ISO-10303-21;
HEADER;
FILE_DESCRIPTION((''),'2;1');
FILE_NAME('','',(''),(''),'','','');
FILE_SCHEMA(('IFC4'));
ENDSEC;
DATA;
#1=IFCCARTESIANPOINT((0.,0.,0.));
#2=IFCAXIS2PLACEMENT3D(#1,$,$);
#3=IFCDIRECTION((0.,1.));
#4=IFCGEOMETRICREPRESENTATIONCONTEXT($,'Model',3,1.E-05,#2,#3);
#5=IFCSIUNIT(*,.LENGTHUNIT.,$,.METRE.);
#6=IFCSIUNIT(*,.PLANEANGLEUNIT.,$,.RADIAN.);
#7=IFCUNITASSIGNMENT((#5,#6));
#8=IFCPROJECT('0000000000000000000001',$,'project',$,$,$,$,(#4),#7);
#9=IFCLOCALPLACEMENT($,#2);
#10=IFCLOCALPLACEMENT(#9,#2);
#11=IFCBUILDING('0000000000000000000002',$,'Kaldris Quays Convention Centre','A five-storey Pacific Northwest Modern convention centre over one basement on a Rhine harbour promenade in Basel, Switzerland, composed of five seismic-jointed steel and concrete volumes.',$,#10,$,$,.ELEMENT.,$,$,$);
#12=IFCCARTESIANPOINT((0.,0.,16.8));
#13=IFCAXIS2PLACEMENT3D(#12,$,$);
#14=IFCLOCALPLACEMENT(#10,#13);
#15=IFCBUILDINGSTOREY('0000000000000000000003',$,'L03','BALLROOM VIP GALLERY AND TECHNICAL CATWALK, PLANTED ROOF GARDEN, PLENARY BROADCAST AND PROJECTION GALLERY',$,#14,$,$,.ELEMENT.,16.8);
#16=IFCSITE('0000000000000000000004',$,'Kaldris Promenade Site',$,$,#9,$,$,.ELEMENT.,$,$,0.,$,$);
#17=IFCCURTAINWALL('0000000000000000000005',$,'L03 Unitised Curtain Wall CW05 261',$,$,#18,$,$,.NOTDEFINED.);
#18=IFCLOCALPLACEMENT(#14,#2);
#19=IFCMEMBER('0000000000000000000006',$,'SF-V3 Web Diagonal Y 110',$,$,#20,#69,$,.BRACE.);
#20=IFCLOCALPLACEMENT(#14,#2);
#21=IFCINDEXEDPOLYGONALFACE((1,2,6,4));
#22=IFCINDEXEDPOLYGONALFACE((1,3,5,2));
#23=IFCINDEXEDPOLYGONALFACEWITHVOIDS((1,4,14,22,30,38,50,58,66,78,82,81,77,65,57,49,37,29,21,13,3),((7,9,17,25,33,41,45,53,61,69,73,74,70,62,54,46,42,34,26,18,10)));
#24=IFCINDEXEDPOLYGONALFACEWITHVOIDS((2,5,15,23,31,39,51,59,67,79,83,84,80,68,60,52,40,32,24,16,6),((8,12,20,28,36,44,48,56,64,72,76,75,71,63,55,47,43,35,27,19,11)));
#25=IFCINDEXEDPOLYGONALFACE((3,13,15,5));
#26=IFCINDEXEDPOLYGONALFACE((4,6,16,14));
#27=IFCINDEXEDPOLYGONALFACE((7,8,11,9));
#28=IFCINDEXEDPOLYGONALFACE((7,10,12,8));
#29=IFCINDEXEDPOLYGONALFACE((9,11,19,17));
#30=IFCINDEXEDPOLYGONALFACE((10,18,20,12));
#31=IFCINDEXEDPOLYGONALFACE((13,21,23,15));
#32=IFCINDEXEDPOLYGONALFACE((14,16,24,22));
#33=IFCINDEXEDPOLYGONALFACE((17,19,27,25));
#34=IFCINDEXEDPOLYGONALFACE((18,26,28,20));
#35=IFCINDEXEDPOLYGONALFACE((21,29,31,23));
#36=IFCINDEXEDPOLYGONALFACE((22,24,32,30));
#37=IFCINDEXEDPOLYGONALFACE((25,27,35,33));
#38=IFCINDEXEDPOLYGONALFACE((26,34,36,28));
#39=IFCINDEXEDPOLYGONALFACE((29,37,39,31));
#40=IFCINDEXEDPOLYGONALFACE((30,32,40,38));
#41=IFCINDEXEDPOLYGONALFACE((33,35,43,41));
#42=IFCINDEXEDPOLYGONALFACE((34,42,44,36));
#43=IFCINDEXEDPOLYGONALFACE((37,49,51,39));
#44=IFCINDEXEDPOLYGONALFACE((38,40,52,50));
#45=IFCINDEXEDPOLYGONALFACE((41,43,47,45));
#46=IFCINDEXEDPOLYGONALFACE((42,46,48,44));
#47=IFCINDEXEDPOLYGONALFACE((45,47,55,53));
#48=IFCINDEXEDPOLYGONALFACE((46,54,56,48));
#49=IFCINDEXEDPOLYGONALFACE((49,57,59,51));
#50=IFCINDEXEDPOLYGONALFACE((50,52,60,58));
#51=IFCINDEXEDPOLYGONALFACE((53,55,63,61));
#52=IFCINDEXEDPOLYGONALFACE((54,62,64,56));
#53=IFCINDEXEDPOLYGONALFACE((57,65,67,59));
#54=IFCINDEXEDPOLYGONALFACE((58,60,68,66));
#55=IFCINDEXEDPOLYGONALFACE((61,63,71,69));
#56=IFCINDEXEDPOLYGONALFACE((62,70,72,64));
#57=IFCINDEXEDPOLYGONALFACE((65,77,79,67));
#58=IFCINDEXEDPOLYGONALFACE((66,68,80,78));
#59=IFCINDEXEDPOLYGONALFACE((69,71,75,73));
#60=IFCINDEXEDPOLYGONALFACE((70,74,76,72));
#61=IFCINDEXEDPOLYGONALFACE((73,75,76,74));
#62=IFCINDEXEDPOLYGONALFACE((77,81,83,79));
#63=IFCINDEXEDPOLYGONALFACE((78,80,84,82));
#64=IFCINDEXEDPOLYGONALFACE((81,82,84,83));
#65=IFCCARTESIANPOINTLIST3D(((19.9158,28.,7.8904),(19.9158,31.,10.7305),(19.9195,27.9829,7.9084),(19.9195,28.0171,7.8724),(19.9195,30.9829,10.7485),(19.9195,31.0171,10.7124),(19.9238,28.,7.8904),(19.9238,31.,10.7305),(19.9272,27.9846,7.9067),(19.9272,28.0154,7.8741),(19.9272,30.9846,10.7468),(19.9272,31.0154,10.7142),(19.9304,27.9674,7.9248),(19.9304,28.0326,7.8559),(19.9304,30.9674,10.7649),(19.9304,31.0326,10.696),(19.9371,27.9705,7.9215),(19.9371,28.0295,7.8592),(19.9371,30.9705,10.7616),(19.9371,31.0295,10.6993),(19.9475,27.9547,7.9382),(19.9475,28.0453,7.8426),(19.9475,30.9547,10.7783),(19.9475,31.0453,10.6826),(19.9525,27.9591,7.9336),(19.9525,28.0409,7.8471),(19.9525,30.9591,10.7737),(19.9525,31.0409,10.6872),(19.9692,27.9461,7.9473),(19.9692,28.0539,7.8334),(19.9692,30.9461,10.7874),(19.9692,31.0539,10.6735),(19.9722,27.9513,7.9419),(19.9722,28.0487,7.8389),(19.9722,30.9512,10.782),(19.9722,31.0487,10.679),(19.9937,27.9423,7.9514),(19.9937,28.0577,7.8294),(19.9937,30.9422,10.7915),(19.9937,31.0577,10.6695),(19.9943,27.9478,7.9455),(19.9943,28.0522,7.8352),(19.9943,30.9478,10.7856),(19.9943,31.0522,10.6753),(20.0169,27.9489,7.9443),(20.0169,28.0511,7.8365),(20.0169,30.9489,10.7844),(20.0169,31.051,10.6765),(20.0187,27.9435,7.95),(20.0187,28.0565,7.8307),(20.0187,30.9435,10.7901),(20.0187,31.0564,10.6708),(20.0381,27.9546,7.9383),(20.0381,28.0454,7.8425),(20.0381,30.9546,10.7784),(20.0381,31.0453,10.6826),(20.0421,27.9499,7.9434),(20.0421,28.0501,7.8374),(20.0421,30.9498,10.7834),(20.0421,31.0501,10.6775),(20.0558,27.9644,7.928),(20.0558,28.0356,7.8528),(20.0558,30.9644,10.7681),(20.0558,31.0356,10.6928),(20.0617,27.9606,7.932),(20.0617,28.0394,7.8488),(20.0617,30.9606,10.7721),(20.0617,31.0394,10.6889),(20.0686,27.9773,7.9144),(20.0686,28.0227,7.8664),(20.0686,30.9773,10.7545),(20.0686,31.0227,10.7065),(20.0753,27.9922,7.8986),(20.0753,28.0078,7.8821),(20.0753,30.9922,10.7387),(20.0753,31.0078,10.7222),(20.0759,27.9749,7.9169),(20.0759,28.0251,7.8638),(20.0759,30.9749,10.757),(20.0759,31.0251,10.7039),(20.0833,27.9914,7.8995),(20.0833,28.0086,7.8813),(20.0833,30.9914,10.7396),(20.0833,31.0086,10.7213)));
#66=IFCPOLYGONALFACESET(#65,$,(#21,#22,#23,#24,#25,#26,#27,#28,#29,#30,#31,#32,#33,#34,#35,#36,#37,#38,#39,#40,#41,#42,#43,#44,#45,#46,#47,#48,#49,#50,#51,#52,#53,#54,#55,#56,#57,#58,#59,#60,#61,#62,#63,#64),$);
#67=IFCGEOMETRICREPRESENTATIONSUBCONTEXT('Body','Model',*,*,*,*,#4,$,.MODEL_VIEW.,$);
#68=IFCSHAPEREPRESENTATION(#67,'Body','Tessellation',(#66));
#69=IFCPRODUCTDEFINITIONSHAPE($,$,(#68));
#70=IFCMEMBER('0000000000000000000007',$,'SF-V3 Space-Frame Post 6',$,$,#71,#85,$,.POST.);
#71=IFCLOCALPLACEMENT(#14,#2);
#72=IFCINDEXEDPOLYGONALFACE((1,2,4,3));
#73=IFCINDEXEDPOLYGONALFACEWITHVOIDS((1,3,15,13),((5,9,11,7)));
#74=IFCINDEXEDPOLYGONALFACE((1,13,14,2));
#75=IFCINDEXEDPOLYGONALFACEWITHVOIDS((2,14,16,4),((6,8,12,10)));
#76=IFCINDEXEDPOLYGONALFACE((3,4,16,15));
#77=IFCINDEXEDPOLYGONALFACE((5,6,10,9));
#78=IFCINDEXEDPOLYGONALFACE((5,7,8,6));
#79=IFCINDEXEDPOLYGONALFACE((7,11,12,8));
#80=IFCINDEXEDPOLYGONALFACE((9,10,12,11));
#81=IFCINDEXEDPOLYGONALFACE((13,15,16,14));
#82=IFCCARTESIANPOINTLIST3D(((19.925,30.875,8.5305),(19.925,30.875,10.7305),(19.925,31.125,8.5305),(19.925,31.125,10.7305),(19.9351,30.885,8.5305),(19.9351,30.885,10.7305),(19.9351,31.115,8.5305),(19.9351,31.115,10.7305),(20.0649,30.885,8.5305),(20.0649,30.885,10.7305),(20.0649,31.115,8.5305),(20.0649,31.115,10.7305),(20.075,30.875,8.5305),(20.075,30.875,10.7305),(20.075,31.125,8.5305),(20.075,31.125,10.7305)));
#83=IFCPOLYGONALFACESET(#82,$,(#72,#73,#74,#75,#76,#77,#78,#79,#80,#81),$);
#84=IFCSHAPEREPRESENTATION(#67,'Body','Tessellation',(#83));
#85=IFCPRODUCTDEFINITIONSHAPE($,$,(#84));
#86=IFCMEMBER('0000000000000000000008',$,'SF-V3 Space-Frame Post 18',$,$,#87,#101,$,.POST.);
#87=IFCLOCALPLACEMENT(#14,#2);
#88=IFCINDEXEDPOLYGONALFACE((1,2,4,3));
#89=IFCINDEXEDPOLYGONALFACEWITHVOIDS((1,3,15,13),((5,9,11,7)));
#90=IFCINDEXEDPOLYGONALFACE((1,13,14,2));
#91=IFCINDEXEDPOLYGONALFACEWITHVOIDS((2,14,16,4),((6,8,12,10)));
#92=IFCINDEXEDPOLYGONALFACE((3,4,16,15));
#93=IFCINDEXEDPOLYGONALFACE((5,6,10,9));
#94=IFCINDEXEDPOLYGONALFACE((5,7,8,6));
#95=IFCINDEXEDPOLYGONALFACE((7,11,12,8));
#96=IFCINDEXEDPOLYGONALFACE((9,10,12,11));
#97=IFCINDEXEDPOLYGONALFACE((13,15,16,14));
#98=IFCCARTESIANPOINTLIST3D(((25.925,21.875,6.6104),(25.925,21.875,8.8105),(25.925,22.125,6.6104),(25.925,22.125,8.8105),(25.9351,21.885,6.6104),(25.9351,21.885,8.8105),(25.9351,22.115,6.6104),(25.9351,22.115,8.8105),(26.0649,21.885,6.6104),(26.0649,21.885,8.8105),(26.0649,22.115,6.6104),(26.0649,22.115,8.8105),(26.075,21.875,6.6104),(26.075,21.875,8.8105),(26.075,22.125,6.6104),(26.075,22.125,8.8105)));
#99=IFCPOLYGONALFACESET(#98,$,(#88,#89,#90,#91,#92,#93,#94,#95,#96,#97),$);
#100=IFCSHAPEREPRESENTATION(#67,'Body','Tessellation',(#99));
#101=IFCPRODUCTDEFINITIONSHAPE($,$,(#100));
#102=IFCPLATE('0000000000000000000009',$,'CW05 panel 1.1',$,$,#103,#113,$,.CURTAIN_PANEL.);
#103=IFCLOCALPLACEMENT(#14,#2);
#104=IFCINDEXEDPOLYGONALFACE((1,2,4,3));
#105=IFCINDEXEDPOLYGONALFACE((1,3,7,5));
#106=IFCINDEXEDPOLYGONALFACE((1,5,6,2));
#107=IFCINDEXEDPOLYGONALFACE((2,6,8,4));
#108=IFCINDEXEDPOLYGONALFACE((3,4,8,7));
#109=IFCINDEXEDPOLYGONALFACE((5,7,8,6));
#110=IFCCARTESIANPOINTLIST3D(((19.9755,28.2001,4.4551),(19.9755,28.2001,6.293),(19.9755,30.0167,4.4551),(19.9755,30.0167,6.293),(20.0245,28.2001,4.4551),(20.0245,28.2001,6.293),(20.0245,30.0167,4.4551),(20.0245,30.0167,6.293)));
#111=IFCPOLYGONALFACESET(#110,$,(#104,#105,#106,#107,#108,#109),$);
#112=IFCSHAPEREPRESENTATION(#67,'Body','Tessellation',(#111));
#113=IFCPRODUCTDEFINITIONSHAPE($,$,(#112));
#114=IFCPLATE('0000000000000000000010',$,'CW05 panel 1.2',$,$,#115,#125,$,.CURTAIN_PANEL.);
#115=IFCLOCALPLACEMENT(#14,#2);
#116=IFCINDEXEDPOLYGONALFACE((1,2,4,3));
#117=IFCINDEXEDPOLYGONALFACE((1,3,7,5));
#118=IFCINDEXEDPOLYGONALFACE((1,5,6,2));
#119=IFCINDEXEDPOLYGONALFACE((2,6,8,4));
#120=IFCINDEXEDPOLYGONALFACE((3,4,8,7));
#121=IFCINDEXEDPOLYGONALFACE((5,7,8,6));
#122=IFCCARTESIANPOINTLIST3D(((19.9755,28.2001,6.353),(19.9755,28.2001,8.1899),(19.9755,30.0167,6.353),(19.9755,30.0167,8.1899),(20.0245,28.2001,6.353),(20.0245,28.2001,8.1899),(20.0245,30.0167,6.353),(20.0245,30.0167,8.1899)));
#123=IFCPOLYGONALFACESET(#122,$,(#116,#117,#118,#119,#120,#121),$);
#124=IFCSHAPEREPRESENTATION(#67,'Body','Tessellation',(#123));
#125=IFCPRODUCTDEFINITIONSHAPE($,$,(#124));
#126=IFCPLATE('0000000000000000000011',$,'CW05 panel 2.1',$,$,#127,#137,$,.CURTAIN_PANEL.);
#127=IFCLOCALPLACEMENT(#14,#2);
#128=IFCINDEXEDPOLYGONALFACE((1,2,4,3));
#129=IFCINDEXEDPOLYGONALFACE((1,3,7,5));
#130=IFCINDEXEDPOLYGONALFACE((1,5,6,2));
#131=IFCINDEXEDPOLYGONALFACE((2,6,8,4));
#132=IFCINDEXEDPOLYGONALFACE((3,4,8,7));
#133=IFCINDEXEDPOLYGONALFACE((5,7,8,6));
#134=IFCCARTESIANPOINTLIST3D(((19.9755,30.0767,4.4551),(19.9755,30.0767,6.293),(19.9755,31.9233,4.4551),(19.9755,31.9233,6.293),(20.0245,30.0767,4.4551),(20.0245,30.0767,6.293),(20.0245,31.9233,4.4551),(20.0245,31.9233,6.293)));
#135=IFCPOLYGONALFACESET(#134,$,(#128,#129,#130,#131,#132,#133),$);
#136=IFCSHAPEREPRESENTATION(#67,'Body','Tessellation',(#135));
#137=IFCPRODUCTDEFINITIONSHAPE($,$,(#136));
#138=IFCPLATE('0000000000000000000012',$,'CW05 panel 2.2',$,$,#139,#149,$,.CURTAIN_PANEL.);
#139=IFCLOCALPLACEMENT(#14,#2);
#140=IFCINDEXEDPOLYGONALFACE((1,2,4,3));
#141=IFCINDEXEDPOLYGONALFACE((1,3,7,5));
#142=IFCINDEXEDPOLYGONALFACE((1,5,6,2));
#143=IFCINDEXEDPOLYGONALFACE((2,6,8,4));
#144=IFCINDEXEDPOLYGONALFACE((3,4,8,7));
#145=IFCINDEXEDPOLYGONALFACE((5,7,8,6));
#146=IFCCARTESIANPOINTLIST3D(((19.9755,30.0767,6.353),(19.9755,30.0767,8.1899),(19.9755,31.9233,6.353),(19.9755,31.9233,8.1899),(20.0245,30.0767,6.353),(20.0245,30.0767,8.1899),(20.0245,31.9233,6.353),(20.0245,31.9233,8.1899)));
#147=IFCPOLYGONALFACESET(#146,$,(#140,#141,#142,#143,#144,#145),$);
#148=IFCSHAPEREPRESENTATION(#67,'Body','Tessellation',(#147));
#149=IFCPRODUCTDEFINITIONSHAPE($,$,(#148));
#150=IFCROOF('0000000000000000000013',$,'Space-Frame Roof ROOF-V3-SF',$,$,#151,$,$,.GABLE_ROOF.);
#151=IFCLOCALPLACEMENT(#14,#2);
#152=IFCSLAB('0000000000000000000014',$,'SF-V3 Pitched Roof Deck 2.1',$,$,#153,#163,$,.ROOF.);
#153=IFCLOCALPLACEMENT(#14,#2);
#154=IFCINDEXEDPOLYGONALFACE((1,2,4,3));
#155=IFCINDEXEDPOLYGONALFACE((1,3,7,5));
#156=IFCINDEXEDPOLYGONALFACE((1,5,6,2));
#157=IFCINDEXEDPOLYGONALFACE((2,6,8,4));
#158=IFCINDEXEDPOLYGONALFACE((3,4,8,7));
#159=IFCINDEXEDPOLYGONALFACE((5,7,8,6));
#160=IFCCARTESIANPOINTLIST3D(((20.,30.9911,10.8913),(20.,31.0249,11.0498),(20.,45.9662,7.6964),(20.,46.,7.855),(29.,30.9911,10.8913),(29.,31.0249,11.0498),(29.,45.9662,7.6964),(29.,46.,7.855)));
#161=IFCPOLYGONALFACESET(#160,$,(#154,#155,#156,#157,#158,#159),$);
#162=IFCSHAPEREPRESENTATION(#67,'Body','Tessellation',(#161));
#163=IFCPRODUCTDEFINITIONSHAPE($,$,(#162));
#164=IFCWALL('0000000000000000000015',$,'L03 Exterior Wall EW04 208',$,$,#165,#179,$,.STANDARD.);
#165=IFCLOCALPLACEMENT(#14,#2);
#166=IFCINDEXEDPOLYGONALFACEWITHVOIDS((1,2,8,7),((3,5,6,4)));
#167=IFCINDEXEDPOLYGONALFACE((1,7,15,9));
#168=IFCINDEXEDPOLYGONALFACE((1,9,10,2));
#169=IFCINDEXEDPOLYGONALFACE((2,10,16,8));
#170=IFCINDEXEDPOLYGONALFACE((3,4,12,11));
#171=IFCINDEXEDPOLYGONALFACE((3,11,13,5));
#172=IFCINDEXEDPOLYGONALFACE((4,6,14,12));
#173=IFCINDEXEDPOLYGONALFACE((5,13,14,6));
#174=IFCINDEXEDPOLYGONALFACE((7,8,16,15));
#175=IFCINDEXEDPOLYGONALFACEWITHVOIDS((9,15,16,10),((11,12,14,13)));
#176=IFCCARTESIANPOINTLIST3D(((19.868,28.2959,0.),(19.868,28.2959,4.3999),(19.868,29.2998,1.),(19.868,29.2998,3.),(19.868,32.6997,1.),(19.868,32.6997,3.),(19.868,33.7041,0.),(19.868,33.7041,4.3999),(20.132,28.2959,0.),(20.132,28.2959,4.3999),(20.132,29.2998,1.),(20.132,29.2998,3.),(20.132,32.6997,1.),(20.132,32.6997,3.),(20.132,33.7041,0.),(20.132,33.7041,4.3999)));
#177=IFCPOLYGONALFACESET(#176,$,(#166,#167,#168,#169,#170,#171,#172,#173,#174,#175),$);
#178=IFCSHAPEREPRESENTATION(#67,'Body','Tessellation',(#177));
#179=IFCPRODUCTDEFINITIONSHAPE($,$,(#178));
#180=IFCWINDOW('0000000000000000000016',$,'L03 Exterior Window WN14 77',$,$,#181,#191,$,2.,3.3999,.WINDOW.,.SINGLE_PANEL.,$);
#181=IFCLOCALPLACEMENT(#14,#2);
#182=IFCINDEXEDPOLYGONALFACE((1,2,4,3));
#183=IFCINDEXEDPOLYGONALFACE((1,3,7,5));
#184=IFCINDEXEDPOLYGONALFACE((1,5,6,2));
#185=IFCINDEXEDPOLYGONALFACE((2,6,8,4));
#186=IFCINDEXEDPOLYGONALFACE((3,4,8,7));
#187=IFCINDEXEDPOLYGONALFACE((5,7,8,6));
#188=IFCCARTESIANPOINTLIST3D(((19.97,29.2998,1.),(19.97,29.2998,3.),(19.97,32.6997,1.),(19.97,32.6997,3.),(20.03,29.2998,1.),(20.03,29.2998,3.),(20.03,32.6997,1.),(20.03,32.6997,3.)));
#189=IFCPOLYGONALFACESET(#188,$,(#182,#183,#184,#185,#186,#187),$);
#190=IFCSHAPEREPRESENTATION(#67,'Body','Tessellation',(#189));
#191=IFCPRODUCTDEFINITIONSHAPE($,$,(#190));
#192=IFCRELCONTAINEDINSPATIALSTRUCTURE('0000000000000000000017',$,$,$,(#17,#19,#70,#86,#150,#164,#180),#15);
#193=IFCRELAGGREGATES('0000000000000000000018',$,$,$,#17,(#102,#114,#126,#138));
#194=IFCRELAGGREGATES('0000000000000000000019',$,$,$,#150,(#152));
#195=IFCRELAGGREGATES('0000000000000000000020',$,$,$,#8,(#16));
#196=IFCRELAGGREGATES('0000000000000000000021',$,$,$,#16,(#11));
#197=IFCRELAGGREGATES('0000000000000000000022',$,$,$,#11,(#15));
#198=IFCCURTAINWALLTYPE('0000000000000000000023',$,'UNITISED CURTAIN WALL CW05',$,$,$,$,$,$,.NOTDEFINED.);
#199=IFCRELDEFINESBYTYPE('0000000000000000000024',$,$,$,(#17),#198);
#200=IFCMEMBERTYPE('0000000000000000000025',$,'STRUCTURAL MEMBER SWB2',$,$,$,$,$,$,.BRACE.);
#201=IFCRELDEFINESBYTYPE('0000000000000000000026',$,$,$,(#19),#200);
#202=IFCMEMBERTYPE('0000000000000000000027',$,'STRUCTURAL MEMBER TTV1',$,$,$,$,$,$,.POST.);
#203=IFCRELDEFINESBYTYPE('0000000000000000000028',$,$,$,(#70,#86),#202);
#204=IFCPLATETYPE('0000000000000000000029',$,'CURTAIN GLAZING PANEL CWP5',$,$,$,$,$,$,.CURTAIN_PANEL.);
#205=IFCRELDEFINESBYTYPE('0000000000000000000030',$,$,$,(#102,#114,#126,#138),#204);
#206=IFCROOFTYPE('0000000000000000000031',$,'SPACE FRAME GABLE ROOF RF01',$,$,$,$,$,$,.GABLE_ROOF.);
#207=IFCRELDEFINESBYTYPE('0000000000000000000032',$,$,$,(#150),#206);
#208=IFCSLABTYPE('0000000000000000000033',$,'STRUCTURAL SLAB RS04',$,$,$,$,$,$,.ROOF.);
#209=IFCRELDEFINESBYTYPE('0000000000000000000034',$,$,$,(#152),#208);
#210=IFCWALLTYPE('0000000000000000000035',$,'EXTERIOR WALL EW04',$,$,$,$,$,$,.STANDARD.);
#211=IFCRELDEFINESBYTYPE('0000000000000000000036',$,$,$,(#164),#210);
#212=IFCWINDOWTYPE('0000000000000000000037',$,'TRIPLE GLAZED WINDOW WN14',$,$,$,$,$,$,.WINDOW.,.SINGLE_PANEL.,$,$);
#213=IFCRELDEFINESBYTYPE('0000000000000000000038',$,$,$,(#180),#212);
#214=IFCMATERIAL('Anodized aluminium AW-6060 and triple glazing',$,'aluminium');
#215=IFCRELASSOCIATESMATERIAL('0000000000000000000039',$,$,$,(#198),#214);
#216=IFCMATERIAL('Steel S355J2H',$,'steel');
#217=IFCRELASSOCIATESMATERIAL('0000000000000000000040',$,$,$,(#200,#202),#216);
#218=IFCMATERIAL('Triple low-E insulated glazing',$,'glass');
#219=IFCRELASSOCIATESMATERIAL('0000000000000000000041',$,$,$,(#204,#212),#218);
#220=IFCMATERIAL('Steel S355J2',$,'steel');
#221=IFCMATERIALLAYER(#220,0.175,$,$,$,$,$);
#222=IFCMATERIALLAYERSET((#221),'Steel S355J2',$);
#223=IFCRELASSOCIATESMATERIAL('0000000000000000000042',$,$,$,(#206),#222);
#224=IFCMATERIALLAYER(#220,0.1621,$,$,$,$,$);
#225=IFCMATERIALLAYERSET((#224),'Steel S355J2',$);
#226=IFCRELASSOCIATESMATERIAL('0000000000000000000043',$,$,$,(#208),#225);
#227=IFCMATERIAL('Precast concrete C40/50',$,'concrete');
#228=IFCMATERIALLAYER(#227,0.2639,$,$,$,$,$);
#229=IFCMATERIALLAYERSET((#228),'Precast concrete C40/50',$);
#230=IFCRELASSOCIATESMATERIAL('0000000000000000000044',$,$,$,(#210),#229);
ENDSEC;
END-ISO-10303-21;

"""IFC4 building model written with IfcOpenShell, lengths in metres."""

from ifc_helpers import new_model, si_unit, direction, frame, frame_2d, origin, origin_2d, place, context, subcontext, project, spatial, polyline, rectangle, hollow_rectangle, hollow_circle, outline, extrude, material, layer, layer_set, material_profile, profile_set, type_object, element, fill, aggregate, save


model = new_model("IFC4")

# Units and contexts
model_context = context("Model", 3, precision=1e-05, world=origin(), true_north=direction((0.0, 1.0)))
body_context = subcontext(model_context, "Body", "Model", "MODEL_VIEW")
ifc_project = project(units=[si_unit("LENGTHUNIT", "METRE"), si_unit("PLANEANGLEUNIT", "RADIAN")], contexts=[model_context])

# Site, building, storey
site_placement = place(None, origin())
site = spatial("IfcSite", under=ifc_project, at=site_placement, Name="Kaldris Promenade Site", CompositionType="ELEMENT", RefElevation=0.0)
building_placement = place(site_placement, origin())
building = spatial("IfcBuilding", under=site, at=building_placement, Name="Kaldris Quays Convention Centre", Description="A five-storey Pacific Northwest Modern convention centre over one basement on a Rhine harbour promenade in Basel, Switzerland, composed of five seismic-jointed steel and concrete volumes.", CompositionType="ELEMENT")
storey_placement = place(building_placement, frame((0.0, 0.0, 16.8)))
storey = spatial("IfcBuildingStorey", under=building, at=storey_placement, Name="L03", Description="BALLROOM VIP GALLERY AND TECHNICAL CATWALK, PLANTED ROOF GARDEN, PLENARY BROADCAST AND PROJECTION GALLERY", CompositionType="ELEMENT", Elevation=16.8)

# Curtain wall
ifc_material_1 = material(Name="Anodized aluminium AW-6060 and triple glazing", Category="aluminium")
curtain_wall_type = type_object("IfcCurtainWallType", Name="UNITISED CURTAIN WALL CW05", PredefinedType="NOTDEFINED", material=ifc_material_1)
curtain_wall_placement = place(storey_placement, origin())
curtain_wall = element("IfcCurtainWall", 1, at=curtain_wall_placement, inside=storey, type_object=curtain_wall_type, Name="L03 Unitised Curtain Wall CW05 261", PredefinedType="NOTDEFINED")

# Members
ifc_material_2 = material(Name="Steel S355J2H", Category="steel")
ifc_material_profile_1 = material_profile(ifc_material_2, hollow_circle(Radius=0.0842, WallThickness=0.0081, at=origin_2d()), Name="CHS 168.3x8")
ifc_profile_set_1 = profile_set([ifc_material_profile_1], Name="Steel S355J2H")
member_type_1 = type_object("IfcMemberType", Name="STRUCTURAL MEMBER SWB2", PredefinedType="BRACE", material=ifc_profile_set_1)
member_1_placement = place(storey_placement, frame((20.0, 28.0, 7.8904), z_axis=(0.0, 0.726196, 0.687487), x_axis=(-1.0, 0.0, 0.0)))
element("IfcMember", 2, at=member_1_placement, inside=storey, type_object=member_type_1, Name="SF-V3 Web Diagonal Y 110", PredefinedType="BRACE", context=body_context, shape_type="SweptSolid", body=[
    extrude(hollow_circle(Radius=0.0842, WallThickness=0.0081, at=origin_2d()), origin(), (0.0, 0.0, 1.0), 4.1311),
])
ifc_material_profile_2 = material_profile(ifc_material_2, hollow_rectangle(XDim=0.1499, YDim=0.25, WallThickness=0.01, at=origin_2d()), Name="RHS 250x150x10")
ifc_profile_set_2 = profile_set([ifc_material_profile_2], Name="Steel S355J2H")
member_type_2 = type_object("IfcMemberType", Name="STRUCTURAL MEMBER TTV1", PredefinedType="POST", material=ifc_profile_set_2)
member_2_placement = place(storey_placement, frame((20.0, 31.0, 8.5305), z_axis=(0.0, 0.0, 1.0), x_axis=(1.0, 0.0, 0.0)))
element("IfcMember", 3, at=member_2_placement, inside=storey, type_object=member_type_2, Name="SF-V3 Space-Frame Post 6", PredefinedType="POST", context=body_context, shape_type="SweptSolid", body=[
    extrude(hollow_rectangle(XDim=0.1499, YDim=0.25, WallThickness=0.01, at=origin_2d()), origin(), (0.0, 0.0, 1.0), 2.2),
])
member_3_placement = place(storey_placement, frame((26.0, 22.0, 6.6104), z_axis=(0.0, 0.0, 1.0), x_axis=(1.0, 0.0, 0.0)))
element("IfcMember", 4, at=member_3_placement, inside=storey, type_object=member_type_2, Name="SF-V3 Space-Frame Post 18", PredefinedType="POST", context=body_context, shape_type="SweptSolid", body=[
    extrude(hollow_rectangle(XDim=0.1499, YDim=0.25, WallThickness=0.01, at=origin_2d()), origin(), (0.0, 0.0, 1.0), 2.2002),
])

# Plates
ifc_material_3 = material(Name="Triple low-E insulated glazing", Category="glass")
plate_type = type_object("IfcPlateType", Name="CURTAIN GLAZING PANEL CWP5", PredefinedType="CURTAIN_PANEL", material=ifc_material_3)
plate_1_placement = place(storey_placement, frame((20.0, 29.1084, 4.4551), z_axis=(0.0, 0.0, 1.0), x_axis=(0.0, 1.0, 0.0)))
plate_1 = element("IfcPlate", 5, at=plate_1_placement, type_object=plate_type, Name="CW05 panel 1.1", PredefinedType="CURTAIN_PANEL", context=body_context, shape_type="SweptSolid", body=[
    extrude(rectangle(XDim=1.8167, YDim=0.0491, at=origin_2d()), origin(), (0.0, 0.0, 1.0), 1.8379),
])
plate_2_placement = place(storey_placement, frame((20.0, 29.1084, 6.353), z_axis=(0.0, 0.0, 1.0), x_axis=(0.0, 1.0, 0.0)))
plate_2 = element("IfcPlate", 6, at=plate_2_placement, type_object=plate_type, Name="CW05 panel 1.2", PredefinedType="CURTAIN_PANEL", context=body_context, shape_type="SweptSolid", body=[
    extrude(rectangle(XDim=1.8167, YDim=0.0491, at=origin_2d()), origin(), (0.0, 0.0, 1.0), 1.8369),
])
plate_3_placement = place(storey_placement, frame((20.0, 31.0, 4.4551), z_axis=(0.0, 0.0, 1.0), x_axis=(0.0, 1.0, 0.0)))
plate_3 = element("IfcPlate", 7, at=plate_3_placement, type_object=plate_type, Name="CW05 panel 2.1", PredefinedType="CURTAIN_PANEL", context=body_context, shape_type="SweptSolid", body=[
    extrude(rectangle(XDim=1.8467, YDim=0.0491, at=origin_2d()), origin(), (0.0, 0.0, 1.0), 1.8379),
])
plate_4_placement = place(storey_placement, frame((20.0, 31.0, 6.353), z_axis=(0.0, 0.0, 1.0), x_axis=(0.0, 1.0, 0.0)))
plate_4 = element("IfcPlate", 8, at=plate_4_placement, type_object=plate_type, Name="CW05 panel 2.2", PredefinedType="CURTAIN_PANEL", context=body_context, shape_type="SweptSolid", body=[
    extrude(rectangle(XDim=1.8467, YDim=0.0491, at=origin_2d()), origin(), (0.0, 0.0, 1.0), 1.8369),
])
aggregate(curtain_wall, [plate_1, plate_2, plate_3, plate_4])

# Roof, slab
ifc_material_4 = material(Name="Steel S355J2", Category="steel")
ifc_layer_1 = layer(ifc_material_4, 0.175)
ifc_layer_set_1 = layer_set([ifc_layer_1], Name="Steel S355J2")
roof_type = type_object("IfcRoofType", Name="SPACE FRAME GABLE ROOF RF01", PredefinedType="GABLE_ROOF", material=ifc_layer_set_1)
roof_placement = place(storey_placement, origin())
roof = element("IfcRoof", 9, at=roof_placement, inside=storey, type_object=roof_type, Name="Space-Frame Roof ROOF-V3-SF", PredefinedType="GABLE_ROOF")
ifc_layer_2 = layer(ifc_material_4, 0.1621)
ifc_layer_set_2 = layer_set([ifc_layer_2], Name="Steel S355J2")
slab_type = type_object("IfcSlabType", Name="STRUCTURAL SLAB RS04", PredefinedType="ROOF", material=ifc_layer_set_2)
slab_placement = place(storey_placement, frame((20.0, 31.0249, 11.0498), z_axis=(0.0, 0.208647, 0.977991), x_axis=(1.0, 0.0, 0.0)))
slab = element("IfcSlab", 10, at=slab_placement, type_object=slab_type, Name="SF-V3 Pitched Roof Deck 2.1", PredefinedType="ROOF", context=body_context, shape_type="SweptSolid", body=[
    extrude(outline(polyline([(0.0, 0.0), (9.0, 0.0), (9.0, 15.3121), (0.0, 15.3121), (0.0, 0.0)])), origin(), (0.0, 0.0, -1.0), 0.1621),
])
aggregate(roof, [slab])

# Wall, opening, window
ifc_material_5 = material(Name="Precast concrete C40/50", Category="concrete")
ifc_layer_3 = layer(ifc_material_5, 0.2639)
ifc_layer_set_3 = layer_set([ifc_layer_3], Name="Precast concrete C40/50")
wall_type = type_object("IfcWallType", Name="EXTERIOR WALL EW04", PredefinedType="STANDARD", material=ifc_layer_set_3)
wall_placement = place(storey_placement, frame((20.0, 28.2959, 0.0), z_axis=(0.0, 0.0, 1.0), x_axis=(0.0, 1.0, 0.0)))
wall = element("IfcWall", 11, at=wall_placement, inside=storey, type_object=wall_type, Name="L03 Exterior Wall EW04 208", PredefinedType="STANDARD", context=body_context, shape_type="SweptSolid", body=[
    extrude(rectangle(XDim=5.4082, YDim=0.2639, at=frame_2d((2.7041, 0.0))), origin(), (0.0, 0.0, 1.0), 4.3999),
])
opening_placement = place(wall_placement, frame((1.0039, 0.0, 1.0)))
opening = element("IfcOpeningElement", 12, at=opening_placement, cuts=wall, PredefinedType="OPENING", context=body_context, shape_type="SweptSolid", body=[
    extrude(rectangle(XDim=3.3999, YDim=2.0, at=frame_2d((1.7, 1.0))), frame((0.0, 0.1421, 0.0), z_axis=(0.0, -1.0, 0.0), x_axis=(1.0, 0.0, 0.0)), (0.0, 0.0, 1.0), 0.2839),
])
window_type = type_object("IfcWindowType", Name="TRIPLE GLAZED WINDOW WN14", PartitioningType="SINGLE_PANEL", PredefinedType="WINDOW", material=ifc_material_3)
window_placement = place(opening_placement, origin())
window = element("IfcWindow", 13, at=window_placement, inside=storey, type_object=window_type, Name="L03 Exterior Window WN14 77", OverallHeight=2.0, OverallWidth=3.3999, PartitioningType="SINGLE_PANEL", PredefinedType="WINDOW", context=body_context, shape_type="SweptSolid", body=[
    extrude(rectangle(XDim=3.3999, YDim=2.0, at=frame_2d((1.7, 1.0))), frame((0.0, 0.03, 0.0), z_axis=(0.0, -1.0, 0.0), x_axis=(1.0, 0.0, 0.0)), (0.0, 0.0, 1.0), 0.0601),
])
fill(opening, window)

save(model, "model.ifc")
